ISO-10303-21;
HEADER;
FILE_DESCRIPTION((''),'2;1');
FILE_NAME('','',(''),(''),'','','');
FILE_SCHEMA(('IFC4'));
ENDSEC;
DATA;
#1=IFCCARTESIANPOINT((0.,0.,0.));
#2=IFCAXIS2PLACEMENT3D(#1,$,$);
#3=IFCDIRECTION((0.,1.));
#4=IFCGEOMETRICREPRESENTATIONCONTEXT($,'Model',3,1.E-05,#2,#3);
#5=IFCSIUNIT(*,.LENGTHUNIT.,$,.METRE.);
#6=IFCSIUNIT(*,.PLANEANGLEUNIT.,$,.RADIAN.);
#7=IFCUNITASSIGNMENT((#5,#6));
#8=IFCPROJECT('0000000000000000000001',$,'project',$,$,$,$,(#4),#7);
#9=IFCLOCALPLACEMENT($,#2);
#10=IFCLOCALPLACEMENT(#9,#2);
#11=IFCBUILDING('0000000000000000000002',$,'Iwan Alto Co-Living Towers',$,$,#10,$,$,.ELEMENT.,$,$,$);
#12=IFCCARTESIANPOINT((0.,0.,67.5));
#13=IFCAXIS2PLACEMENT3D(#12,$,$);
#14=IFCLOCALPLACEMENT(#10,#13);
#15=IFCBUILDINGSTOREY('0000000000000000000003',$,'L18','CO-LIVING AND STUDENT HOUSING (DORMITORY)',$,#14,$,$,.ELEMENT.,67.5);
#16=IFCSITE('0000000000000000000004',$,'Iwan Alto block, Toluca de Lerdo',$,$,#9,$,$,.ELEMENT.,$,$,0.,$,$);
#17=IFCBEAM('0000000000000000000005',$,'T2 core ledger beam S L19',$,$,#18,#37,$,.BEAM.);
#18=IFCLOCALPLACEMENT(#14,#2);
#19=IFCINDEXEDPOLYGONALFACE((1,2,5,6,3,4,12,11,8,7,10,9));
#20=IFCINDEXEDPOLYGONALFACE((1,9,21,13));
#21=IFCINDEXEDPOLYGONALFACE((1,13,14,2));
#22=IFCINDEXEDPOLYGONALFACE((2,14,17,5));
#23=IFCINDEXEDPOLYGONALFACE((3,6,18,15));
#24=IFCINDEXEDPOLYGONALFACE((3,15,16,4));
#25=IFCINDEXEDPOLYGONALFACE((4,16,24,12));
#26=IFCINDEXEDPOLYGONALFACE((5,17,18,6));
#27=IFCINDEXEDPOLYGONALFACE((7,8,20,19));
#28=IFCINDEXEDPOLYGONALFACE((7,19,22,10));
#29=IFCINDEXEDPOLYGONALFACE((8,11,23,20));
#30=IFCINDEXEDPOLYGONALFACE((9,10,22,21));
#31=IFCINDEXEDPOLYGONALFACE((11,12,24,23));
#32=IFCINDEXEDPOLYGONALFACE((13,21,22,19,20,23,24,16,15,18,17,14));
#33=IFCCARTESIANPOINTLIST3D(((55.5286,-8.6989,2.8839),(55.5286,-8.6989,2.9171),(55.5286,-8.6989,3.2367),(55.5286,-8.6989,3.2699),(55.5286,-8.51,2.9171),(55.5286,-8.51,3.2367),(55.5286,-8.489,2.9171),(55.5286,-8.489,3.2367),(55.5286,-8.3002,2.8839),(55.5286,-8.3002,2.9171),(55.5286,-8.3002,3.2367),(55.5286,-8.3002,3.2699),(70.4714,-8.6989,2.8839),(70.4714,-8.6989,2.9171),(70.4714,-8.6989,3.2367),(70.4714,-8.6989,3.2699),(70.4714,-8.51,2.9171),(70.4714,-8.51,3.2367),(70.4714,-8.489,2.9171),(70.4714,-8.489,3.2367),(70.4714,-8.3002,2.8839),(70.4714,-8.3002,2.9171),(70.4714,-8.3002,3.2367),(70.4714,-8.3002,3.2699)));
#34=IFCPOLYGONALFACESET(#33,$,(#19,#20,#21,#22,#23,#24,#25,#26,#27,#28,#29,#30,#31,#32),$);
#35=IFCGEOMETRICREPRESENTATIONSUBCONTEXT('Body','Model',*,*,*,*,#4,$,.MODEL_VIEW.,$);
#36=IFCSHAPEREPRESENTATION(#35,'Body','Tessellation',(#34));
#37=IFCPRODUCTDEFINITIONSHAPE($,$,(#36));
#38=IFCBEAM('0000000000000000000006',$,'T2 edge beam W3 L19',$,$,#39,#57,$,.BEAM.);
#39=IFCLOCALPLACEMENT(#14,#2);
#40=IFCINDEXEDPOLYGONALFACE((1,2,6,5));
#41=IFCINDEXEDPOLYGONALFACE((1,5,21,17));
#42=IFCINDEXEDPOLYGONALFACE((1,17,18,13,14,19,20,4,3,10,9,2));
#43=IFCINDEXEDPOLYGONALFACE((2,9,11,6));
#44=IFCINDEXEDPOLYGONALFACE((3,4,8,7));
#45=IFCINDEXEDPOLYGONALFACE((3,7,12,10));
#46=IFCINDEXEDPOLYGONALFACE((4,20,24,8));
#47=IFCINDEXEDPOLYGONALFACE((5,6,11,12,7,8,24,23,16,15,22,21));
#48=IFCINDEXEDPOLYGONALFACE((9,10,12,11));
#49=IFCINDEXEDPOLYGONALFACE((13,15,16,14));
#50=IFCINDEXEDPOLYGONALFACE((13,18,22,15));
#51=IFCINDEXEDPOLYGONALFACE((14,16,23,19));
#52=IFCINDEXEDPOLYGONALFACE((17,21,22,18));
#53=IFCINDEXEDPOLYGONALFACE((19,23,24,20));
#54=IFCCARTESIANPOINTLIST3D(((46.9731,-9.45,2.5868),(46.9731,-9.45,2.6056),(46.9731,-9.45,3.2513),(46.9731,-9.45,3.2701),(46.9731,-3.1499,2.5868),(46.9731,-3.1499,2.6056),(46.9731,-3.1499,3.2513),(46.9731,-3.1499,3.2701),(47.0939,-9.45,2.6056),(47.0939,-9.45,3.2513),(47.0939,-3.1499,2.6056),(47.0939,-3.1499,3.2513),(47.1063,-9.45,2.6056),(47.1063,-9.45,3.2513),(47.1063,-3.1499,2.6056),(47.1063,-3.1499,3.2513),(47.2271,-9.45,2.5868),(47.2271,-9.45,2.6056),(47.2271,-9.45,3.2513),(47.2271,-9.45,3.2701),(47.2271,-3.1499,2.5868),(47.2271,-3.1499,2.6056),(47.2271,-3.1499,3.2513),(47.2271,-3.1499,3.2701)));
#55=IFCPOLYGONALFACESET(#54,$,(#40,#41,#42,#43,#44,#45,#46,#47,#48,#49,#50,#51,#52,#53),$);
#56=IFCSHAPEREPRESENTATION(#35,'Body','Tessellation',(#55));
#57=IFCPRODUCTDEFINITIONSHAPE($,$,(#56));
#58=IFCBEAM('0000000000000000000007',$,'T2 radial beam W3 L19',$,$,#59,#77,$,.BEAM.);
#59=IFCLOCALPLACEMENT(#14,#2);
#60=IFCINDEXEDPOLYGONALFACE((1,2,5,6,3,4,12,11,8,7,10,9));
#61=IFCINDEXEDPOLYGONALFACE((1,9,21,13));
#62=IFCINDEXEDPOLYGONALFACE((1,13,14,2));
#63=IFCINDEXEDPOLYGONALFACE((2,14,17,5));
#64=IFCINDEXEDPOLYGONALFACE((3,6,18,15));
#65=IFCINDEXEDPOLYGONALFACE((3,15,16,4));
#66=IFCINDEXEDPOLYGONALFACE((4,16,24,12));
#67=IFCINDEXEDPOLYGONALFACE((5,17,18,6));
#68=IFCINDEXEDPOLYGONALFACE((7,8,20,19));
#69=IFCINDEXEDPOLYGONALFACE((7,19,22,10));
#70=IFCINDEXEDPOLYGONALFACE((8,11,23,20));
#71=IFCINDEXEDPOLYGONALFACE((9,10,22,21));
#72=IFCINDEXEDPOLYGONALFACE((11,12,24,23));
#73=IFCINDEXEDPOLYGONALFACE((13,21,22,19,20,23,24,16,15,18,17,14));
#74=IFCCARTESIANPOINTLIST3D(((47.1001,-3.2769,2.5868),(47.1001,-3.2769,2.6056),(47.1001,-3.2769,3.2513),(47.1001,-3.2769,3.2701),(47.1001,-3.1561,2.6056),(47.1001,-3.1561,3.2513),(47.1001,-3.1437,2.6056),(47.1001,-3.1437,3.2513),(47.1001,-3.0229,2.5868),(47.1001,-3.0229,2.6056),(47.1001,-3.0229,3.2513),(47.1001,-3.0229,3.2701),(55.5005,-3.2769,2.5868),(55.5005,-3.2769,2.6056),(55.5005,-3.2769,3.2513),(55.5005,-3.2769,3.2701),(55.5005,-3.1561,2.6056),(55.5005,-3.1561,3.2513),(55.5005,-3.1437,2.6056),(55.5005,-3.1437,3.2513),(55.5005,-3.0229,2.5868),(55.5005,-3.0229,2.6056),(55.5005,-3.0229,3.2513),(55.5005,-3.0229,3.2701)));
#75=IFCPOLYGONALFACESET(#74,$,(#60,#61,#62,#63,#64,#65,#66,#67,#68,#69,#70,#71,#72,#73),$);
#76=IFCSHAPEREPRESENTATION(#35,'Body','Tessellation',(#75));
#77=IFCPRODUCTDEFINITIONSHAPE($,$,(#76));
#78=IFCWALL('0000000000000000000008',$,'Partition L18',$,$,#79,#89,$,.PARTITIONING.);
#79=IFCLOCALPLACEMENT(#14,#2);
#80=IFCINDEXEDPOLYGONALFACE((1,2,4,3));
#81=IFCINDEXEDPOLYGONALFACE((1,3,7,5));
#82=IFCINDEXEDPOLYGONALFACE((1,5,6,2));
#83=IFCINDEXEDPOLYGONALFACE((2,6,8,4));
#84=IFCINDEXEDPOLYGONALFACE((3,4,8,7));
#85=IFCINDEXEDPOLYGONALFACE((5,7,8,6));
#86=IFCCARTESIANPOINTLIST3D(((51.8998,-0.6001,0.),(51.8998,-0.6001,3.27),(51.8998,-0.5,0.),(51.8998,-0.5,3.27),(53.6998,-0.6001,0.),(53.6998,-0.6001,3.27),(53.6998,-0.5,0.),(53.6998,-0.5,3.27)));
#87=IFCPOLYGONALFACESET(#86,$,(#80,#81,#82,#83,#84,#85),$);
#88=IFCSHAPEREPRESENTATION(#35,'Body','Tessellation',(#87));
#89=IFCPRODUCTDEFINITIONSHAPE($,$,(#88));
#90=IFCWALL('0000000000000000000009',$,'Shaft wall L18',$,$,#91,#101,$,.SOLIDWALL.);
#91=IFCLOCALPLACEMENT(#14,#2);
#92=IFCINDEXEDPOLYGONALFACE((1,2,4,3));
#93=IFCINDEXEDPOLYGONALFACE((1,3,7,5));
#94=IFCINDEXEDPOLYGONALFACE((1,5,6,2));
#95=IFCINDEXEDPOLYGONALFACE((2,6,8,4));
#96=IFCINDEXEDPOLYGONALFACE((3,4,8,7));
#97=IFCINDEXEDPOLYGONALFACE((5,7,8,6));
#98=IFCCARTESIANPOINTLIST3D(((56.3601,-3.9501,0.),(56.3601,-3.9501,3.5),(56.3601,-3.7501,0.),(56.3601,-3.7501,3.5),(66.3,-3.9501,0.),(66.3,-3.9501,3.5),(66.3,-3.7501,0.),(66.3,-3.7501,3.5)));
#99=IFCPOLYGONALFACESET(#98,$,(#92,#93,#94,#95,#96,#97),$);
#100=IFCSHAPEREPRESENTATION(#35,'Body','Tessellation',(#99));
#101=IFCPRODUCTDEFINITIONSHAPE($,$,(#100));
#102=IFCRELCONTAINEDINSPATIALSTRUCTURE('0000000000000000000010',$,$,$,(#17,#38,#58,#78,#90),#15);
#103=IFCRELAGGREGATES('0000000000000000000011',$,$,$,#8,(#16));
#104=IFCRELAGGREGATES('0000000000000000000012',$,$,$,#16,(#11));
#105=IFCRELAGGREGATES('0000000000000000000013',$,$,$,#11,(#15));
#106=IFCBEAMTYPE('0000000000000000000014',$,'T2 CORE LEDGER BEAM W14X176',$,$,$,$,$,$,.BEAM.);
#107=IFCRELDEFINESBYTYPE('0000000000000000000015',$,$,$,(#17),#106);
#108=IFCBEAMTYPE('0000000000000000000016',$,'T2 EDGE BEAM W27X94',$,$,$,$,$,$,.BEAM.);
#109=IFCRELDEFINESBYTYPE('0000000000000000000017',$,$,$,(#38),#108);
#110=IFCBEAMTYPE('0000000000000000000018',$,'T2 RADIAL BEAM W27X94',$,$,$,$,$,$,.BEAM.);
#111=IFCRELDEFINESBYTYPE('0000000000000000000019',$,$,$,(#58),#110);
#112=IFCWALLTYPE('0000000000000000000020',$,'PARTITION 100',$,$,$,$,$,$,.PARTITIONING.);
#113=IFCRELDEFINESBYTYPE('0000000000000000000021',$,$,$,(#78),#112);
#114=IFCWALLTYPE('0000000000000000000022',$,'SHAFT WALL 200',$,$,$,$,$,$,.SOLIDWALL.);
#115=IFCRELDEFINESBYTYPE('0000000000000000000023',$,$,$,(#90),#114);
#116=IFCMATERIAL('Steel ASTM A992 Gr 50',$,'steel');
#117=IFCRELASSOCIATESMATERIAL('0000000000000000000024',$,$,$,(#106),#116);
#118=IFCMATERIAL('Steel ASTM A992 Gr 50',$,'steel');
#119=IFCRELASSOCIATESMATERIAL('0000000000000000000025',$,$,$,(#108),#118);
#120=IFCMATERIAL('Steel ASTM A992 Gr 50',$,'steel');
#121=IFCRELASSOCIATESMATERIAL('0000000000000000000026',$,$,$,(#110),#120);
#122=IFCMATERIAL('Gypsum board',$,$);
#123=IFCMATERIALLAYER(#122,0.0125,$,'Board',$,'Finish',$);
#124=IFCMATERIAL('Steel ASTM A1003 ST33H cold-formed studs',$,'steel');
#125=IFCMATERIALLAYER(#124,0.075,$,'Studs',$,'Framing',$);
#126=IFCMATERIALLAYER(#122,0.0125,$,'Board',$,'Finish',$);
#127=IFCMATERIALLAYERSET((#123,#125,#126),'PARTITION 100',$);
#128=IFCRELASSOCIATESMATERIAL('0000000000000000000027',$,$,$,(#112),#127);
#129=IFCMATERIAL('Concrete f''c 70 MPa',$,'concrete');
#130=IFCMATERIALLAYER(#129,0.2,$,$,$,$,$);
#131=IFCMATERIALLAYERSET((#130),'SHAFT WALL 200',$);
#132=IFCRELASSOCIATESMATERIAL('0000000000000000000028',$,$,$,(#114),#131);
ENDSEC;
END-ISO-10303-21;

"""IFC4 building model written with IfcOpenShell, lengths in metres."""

from ifc_helpers import new_model, si_unit, direction, frame, frame_2d, origin, origin_2d, place, context, subcontext, project, spatial, rectangle, i_section, extrude, material, layer, layer_set, material_profile, profile_set, type_object, element, save


model = new_model("IFC4")

# Units and contexts
model_context = context("Model", 3, precision=1e-05, world=origin(), true_north=direction((0.0, 1.0)))
body_context = subcontext(model_context, "Body", "Model", "MODEL_VIEW")
ifc_project = project(units=[si_unit("LENGTHUNIT", "METRE"), si_unit("PLANEANGLEUNIT", "RADIAN")], contexts=[model_context])

# Site, building, storey
site_placement = place(None, origin())
site = spatial("IfcSite", under=ifc_project, at=site_placement, Name="Iwan Alto block, Toluca de Lerdo", CompositionType="ELEMENT", RefElevation=0.0)
building_placement = place(site_placement, origin())
building = spatial("IfcBuilding", under=site, at=building_placement, Name="Iwan Alto Co-Living Towers", CompositionType="ELEMENT")
storey_placement = place(building_placement, frame((0.0, 0.0, 67.5)))
storey = spatial("IfcBuildingStorey", under=building, at=storey_placement, Name="L18", Description="CO-LIVING AND STUDENT HOUSING (DORMITORY)", CompositionType="ELEMENT", Elevation=67.5)

# Beams
ifc_material_1 = material(Name="Steel ASTM A992 Gr 50", Category="steel")
ifc_material_profile_1 = material_profile(ifc_material_1, i_section(OverallWidth=0.3987, OverallDepth=0.386, WebThickness=0.021, FlangeThickness=0.0332, at=origin_2d()), Name="W14X176")
ifc_profile_set_1 = profile_set([ifc_material_profile_1], Name="Steel ASTM A992 Gr 50")
beam_type_1 = type_object("IfcBeamType", Name="T2 CORE LEDGER BEAM W14X176", PredefinedType="BEAM", material=ifc_profile_set_1)
beam_1_placement = place(storey_placement, frame((55.5286, -8.4995, 3.0769), z_axis=(1.0, 0.0, 0.0), x_axis=(0.0, 1.0, 0.0)))
element("IfcBeam", 1, at=beam_1_placement, inside=storey, type_object=beam_type_1, Name="T2 core ledger beam S L19", PredefinedType="BEAM", context=body_context, shape_type="SweptSolid", body=[
    extrude(i_section(OverallWidth=0.3987, OverallDepth=0.386, WebThickness=0.021, FlangeThickness=0.0332, at=origin_2d()), origin(), (0.0, 0.0, 1.0), 14.9429),
])
ifc_material_2 = material(Name="Steel ASTM A992 Gr 50", Category="steel")
ifc_material_profile_2 = material_profile(ifc_material_2, i_section(OverallWidth=0.2539, OverallDepth=0.6833, WebThickness=0.0125, FlangeThickness=0.0188, at=origin_2d()), Name="W27X94")
ifc_profile_set_2 = profile_set([ifc_material_profile_2], Name="Steel ASTM A992 Gr 50")
beam_type_2 = type_object("IfcBeamType", Name="T2 EDGE BEAM W27X94", PredefinedType="BEAM", material=ifc_profile_set_2)
beam_2_placement = place(storey_placement, frame((47.1001, -3.1499, 2.9285), z_axis=(0.0, -1.0, 0.0), x_axis=(1.0, 0.0, 0.0)))
element("IfcBeam", 2, at=beam_2_placement, inside=storey, type_object=beam_type_2, Name="T2 edge beam W3 L19", PredefinedType="BEAM", context=body_context, shape_type="SweptSolid", body=[
    extrude(i_section(OverallWidth=0.2539, OverallDepth=0.6833, WebThickness=0.0125, FlangeThickness=0.0188, at=origin_2d()), origin(), (0.0, 0.0, 1.0), 6.3),
])
ifc_material_3 = material(Name="Steel ASTM A992 Gr 50", Category="steel")
ifc_material_profile_3 = material_profile(ifc_material_3, i_section(OverallWidth=0.2539, OverallDepth=0.6833, WebThickness=0.0125, FlangeThickness=0.0188, at=origin_2d()), Name="W27X94")
ifc_profile_set_3 = profile_set([ifc_material_profile_3], Name="Steel ASTM A992 Gr 50")
beam_type_3 = type_object("IfcBeamType", Name="T2 RADIAL BEAM W27X94", PredefinedType="BEAM", material=ifc_profile_set_3)
beam_3_placement = place(storey_placement, frame((47.1001, -3.1499, 2.9285), z_axis=(1.0, 0.0, 0.0), x_axis=(0.0, 1.0, 0.0)))
element("IfcBeam", 3, at=beam_3_placement, inside=storey, type_object=beam_type_3, Name="T2 radial beam W3 L19", PredefinedType="BEAM", context=body_context, shape_type="SweptSolid", body=[
    extrude(i_section(OverallWidth=0.2539, OverallDepth=0.6833, WebThickness=0.0125, FlangeThickness=0.0188, at=origin_2d()), origin(), (0.0, 0.0, 1.0), 8.4004),
])

# Walls
ifc_material_4 = material(Name="Gypsum board")
ifc_layer_1 = layer(ifc_material_4, 0.0125, Name="Board", Category="Finish")
ifc_material_5 = material(Name="Steel ASTM A1003 ST33H cold-formed studs", Category="steel")
ifc_layer_2 = layer(ifc_material_5, 0.075, Name="Studs", Category="Framing")
ifc_layer_3 = layer(ifc_material_4, 0.0125, Name="Board", Category="Finish")
ifc_layer_set_1 = layer_set([ifc_layer_1, ifc_layer_2, ifc_layer_3], Name="PARTITION 100")
wall_type_1 = type_object("IfcWallType", Name="PARTITION 100", PredefinedType="PARTITIONING", material=ifc_layer_set_1)
wall_1_placement = place(storey_placement, frame((51.8999, -0.55, 0.0), z_axis=(0.0, 0.0, 1.0), x_axis=(1.0, 0.0, 0.0)))
element("IfcWall", 4, at=wall_1_placement, inside=storey, type_object=wall_type_1, Name="Partition L18", PredefinedType="PARTITIONING", context=body_context, shape_type="SweptSolid", body=[
    extrude(rectangle(XDim=1.8, YDim=0.1001, at=frame_2d((0.8999, 0.0))), origin(), (0.0, 0.0, 1.0), 3.27),
])
ifc_material_6 = material(Name="Concrete f'c 70 MPa", Category="concrete")
ifc_layer_4 = layer(ifc_material_6, 0.2)
ifc_layer_set_2 = layer_set([ifc_layer_4], Name="SHAFT WALL 200")
wall_type_2 = type_object("IfcWallType", Name="SHAFT WALL 200", PredefinedType="SOLIDWALL", material=ifc_layer_set_2)
wall_2_placement = place(storey_placement, frame((56.3601, -3.8501, 0.0), z_axis=(0.0, 0.0, 1.0), x_axis=(1.0, 0.0, 0.0)))
element("IfcWall", 5, at=wall_2_placement, inside=storey, type_object=wall_type_2, Name="Shaft wall L18", PredefinedType="SOLIDWALL", context=body_context, shape_type="SweptSolid", body=[
    extrude(rectangle(XDim=9.9399, YDim=0.2, at=frame_2d((4.97, 0.0))), origin(), (0.0, 0.0, 1.0), 3.5),
])

save(model, "model.ifc")
